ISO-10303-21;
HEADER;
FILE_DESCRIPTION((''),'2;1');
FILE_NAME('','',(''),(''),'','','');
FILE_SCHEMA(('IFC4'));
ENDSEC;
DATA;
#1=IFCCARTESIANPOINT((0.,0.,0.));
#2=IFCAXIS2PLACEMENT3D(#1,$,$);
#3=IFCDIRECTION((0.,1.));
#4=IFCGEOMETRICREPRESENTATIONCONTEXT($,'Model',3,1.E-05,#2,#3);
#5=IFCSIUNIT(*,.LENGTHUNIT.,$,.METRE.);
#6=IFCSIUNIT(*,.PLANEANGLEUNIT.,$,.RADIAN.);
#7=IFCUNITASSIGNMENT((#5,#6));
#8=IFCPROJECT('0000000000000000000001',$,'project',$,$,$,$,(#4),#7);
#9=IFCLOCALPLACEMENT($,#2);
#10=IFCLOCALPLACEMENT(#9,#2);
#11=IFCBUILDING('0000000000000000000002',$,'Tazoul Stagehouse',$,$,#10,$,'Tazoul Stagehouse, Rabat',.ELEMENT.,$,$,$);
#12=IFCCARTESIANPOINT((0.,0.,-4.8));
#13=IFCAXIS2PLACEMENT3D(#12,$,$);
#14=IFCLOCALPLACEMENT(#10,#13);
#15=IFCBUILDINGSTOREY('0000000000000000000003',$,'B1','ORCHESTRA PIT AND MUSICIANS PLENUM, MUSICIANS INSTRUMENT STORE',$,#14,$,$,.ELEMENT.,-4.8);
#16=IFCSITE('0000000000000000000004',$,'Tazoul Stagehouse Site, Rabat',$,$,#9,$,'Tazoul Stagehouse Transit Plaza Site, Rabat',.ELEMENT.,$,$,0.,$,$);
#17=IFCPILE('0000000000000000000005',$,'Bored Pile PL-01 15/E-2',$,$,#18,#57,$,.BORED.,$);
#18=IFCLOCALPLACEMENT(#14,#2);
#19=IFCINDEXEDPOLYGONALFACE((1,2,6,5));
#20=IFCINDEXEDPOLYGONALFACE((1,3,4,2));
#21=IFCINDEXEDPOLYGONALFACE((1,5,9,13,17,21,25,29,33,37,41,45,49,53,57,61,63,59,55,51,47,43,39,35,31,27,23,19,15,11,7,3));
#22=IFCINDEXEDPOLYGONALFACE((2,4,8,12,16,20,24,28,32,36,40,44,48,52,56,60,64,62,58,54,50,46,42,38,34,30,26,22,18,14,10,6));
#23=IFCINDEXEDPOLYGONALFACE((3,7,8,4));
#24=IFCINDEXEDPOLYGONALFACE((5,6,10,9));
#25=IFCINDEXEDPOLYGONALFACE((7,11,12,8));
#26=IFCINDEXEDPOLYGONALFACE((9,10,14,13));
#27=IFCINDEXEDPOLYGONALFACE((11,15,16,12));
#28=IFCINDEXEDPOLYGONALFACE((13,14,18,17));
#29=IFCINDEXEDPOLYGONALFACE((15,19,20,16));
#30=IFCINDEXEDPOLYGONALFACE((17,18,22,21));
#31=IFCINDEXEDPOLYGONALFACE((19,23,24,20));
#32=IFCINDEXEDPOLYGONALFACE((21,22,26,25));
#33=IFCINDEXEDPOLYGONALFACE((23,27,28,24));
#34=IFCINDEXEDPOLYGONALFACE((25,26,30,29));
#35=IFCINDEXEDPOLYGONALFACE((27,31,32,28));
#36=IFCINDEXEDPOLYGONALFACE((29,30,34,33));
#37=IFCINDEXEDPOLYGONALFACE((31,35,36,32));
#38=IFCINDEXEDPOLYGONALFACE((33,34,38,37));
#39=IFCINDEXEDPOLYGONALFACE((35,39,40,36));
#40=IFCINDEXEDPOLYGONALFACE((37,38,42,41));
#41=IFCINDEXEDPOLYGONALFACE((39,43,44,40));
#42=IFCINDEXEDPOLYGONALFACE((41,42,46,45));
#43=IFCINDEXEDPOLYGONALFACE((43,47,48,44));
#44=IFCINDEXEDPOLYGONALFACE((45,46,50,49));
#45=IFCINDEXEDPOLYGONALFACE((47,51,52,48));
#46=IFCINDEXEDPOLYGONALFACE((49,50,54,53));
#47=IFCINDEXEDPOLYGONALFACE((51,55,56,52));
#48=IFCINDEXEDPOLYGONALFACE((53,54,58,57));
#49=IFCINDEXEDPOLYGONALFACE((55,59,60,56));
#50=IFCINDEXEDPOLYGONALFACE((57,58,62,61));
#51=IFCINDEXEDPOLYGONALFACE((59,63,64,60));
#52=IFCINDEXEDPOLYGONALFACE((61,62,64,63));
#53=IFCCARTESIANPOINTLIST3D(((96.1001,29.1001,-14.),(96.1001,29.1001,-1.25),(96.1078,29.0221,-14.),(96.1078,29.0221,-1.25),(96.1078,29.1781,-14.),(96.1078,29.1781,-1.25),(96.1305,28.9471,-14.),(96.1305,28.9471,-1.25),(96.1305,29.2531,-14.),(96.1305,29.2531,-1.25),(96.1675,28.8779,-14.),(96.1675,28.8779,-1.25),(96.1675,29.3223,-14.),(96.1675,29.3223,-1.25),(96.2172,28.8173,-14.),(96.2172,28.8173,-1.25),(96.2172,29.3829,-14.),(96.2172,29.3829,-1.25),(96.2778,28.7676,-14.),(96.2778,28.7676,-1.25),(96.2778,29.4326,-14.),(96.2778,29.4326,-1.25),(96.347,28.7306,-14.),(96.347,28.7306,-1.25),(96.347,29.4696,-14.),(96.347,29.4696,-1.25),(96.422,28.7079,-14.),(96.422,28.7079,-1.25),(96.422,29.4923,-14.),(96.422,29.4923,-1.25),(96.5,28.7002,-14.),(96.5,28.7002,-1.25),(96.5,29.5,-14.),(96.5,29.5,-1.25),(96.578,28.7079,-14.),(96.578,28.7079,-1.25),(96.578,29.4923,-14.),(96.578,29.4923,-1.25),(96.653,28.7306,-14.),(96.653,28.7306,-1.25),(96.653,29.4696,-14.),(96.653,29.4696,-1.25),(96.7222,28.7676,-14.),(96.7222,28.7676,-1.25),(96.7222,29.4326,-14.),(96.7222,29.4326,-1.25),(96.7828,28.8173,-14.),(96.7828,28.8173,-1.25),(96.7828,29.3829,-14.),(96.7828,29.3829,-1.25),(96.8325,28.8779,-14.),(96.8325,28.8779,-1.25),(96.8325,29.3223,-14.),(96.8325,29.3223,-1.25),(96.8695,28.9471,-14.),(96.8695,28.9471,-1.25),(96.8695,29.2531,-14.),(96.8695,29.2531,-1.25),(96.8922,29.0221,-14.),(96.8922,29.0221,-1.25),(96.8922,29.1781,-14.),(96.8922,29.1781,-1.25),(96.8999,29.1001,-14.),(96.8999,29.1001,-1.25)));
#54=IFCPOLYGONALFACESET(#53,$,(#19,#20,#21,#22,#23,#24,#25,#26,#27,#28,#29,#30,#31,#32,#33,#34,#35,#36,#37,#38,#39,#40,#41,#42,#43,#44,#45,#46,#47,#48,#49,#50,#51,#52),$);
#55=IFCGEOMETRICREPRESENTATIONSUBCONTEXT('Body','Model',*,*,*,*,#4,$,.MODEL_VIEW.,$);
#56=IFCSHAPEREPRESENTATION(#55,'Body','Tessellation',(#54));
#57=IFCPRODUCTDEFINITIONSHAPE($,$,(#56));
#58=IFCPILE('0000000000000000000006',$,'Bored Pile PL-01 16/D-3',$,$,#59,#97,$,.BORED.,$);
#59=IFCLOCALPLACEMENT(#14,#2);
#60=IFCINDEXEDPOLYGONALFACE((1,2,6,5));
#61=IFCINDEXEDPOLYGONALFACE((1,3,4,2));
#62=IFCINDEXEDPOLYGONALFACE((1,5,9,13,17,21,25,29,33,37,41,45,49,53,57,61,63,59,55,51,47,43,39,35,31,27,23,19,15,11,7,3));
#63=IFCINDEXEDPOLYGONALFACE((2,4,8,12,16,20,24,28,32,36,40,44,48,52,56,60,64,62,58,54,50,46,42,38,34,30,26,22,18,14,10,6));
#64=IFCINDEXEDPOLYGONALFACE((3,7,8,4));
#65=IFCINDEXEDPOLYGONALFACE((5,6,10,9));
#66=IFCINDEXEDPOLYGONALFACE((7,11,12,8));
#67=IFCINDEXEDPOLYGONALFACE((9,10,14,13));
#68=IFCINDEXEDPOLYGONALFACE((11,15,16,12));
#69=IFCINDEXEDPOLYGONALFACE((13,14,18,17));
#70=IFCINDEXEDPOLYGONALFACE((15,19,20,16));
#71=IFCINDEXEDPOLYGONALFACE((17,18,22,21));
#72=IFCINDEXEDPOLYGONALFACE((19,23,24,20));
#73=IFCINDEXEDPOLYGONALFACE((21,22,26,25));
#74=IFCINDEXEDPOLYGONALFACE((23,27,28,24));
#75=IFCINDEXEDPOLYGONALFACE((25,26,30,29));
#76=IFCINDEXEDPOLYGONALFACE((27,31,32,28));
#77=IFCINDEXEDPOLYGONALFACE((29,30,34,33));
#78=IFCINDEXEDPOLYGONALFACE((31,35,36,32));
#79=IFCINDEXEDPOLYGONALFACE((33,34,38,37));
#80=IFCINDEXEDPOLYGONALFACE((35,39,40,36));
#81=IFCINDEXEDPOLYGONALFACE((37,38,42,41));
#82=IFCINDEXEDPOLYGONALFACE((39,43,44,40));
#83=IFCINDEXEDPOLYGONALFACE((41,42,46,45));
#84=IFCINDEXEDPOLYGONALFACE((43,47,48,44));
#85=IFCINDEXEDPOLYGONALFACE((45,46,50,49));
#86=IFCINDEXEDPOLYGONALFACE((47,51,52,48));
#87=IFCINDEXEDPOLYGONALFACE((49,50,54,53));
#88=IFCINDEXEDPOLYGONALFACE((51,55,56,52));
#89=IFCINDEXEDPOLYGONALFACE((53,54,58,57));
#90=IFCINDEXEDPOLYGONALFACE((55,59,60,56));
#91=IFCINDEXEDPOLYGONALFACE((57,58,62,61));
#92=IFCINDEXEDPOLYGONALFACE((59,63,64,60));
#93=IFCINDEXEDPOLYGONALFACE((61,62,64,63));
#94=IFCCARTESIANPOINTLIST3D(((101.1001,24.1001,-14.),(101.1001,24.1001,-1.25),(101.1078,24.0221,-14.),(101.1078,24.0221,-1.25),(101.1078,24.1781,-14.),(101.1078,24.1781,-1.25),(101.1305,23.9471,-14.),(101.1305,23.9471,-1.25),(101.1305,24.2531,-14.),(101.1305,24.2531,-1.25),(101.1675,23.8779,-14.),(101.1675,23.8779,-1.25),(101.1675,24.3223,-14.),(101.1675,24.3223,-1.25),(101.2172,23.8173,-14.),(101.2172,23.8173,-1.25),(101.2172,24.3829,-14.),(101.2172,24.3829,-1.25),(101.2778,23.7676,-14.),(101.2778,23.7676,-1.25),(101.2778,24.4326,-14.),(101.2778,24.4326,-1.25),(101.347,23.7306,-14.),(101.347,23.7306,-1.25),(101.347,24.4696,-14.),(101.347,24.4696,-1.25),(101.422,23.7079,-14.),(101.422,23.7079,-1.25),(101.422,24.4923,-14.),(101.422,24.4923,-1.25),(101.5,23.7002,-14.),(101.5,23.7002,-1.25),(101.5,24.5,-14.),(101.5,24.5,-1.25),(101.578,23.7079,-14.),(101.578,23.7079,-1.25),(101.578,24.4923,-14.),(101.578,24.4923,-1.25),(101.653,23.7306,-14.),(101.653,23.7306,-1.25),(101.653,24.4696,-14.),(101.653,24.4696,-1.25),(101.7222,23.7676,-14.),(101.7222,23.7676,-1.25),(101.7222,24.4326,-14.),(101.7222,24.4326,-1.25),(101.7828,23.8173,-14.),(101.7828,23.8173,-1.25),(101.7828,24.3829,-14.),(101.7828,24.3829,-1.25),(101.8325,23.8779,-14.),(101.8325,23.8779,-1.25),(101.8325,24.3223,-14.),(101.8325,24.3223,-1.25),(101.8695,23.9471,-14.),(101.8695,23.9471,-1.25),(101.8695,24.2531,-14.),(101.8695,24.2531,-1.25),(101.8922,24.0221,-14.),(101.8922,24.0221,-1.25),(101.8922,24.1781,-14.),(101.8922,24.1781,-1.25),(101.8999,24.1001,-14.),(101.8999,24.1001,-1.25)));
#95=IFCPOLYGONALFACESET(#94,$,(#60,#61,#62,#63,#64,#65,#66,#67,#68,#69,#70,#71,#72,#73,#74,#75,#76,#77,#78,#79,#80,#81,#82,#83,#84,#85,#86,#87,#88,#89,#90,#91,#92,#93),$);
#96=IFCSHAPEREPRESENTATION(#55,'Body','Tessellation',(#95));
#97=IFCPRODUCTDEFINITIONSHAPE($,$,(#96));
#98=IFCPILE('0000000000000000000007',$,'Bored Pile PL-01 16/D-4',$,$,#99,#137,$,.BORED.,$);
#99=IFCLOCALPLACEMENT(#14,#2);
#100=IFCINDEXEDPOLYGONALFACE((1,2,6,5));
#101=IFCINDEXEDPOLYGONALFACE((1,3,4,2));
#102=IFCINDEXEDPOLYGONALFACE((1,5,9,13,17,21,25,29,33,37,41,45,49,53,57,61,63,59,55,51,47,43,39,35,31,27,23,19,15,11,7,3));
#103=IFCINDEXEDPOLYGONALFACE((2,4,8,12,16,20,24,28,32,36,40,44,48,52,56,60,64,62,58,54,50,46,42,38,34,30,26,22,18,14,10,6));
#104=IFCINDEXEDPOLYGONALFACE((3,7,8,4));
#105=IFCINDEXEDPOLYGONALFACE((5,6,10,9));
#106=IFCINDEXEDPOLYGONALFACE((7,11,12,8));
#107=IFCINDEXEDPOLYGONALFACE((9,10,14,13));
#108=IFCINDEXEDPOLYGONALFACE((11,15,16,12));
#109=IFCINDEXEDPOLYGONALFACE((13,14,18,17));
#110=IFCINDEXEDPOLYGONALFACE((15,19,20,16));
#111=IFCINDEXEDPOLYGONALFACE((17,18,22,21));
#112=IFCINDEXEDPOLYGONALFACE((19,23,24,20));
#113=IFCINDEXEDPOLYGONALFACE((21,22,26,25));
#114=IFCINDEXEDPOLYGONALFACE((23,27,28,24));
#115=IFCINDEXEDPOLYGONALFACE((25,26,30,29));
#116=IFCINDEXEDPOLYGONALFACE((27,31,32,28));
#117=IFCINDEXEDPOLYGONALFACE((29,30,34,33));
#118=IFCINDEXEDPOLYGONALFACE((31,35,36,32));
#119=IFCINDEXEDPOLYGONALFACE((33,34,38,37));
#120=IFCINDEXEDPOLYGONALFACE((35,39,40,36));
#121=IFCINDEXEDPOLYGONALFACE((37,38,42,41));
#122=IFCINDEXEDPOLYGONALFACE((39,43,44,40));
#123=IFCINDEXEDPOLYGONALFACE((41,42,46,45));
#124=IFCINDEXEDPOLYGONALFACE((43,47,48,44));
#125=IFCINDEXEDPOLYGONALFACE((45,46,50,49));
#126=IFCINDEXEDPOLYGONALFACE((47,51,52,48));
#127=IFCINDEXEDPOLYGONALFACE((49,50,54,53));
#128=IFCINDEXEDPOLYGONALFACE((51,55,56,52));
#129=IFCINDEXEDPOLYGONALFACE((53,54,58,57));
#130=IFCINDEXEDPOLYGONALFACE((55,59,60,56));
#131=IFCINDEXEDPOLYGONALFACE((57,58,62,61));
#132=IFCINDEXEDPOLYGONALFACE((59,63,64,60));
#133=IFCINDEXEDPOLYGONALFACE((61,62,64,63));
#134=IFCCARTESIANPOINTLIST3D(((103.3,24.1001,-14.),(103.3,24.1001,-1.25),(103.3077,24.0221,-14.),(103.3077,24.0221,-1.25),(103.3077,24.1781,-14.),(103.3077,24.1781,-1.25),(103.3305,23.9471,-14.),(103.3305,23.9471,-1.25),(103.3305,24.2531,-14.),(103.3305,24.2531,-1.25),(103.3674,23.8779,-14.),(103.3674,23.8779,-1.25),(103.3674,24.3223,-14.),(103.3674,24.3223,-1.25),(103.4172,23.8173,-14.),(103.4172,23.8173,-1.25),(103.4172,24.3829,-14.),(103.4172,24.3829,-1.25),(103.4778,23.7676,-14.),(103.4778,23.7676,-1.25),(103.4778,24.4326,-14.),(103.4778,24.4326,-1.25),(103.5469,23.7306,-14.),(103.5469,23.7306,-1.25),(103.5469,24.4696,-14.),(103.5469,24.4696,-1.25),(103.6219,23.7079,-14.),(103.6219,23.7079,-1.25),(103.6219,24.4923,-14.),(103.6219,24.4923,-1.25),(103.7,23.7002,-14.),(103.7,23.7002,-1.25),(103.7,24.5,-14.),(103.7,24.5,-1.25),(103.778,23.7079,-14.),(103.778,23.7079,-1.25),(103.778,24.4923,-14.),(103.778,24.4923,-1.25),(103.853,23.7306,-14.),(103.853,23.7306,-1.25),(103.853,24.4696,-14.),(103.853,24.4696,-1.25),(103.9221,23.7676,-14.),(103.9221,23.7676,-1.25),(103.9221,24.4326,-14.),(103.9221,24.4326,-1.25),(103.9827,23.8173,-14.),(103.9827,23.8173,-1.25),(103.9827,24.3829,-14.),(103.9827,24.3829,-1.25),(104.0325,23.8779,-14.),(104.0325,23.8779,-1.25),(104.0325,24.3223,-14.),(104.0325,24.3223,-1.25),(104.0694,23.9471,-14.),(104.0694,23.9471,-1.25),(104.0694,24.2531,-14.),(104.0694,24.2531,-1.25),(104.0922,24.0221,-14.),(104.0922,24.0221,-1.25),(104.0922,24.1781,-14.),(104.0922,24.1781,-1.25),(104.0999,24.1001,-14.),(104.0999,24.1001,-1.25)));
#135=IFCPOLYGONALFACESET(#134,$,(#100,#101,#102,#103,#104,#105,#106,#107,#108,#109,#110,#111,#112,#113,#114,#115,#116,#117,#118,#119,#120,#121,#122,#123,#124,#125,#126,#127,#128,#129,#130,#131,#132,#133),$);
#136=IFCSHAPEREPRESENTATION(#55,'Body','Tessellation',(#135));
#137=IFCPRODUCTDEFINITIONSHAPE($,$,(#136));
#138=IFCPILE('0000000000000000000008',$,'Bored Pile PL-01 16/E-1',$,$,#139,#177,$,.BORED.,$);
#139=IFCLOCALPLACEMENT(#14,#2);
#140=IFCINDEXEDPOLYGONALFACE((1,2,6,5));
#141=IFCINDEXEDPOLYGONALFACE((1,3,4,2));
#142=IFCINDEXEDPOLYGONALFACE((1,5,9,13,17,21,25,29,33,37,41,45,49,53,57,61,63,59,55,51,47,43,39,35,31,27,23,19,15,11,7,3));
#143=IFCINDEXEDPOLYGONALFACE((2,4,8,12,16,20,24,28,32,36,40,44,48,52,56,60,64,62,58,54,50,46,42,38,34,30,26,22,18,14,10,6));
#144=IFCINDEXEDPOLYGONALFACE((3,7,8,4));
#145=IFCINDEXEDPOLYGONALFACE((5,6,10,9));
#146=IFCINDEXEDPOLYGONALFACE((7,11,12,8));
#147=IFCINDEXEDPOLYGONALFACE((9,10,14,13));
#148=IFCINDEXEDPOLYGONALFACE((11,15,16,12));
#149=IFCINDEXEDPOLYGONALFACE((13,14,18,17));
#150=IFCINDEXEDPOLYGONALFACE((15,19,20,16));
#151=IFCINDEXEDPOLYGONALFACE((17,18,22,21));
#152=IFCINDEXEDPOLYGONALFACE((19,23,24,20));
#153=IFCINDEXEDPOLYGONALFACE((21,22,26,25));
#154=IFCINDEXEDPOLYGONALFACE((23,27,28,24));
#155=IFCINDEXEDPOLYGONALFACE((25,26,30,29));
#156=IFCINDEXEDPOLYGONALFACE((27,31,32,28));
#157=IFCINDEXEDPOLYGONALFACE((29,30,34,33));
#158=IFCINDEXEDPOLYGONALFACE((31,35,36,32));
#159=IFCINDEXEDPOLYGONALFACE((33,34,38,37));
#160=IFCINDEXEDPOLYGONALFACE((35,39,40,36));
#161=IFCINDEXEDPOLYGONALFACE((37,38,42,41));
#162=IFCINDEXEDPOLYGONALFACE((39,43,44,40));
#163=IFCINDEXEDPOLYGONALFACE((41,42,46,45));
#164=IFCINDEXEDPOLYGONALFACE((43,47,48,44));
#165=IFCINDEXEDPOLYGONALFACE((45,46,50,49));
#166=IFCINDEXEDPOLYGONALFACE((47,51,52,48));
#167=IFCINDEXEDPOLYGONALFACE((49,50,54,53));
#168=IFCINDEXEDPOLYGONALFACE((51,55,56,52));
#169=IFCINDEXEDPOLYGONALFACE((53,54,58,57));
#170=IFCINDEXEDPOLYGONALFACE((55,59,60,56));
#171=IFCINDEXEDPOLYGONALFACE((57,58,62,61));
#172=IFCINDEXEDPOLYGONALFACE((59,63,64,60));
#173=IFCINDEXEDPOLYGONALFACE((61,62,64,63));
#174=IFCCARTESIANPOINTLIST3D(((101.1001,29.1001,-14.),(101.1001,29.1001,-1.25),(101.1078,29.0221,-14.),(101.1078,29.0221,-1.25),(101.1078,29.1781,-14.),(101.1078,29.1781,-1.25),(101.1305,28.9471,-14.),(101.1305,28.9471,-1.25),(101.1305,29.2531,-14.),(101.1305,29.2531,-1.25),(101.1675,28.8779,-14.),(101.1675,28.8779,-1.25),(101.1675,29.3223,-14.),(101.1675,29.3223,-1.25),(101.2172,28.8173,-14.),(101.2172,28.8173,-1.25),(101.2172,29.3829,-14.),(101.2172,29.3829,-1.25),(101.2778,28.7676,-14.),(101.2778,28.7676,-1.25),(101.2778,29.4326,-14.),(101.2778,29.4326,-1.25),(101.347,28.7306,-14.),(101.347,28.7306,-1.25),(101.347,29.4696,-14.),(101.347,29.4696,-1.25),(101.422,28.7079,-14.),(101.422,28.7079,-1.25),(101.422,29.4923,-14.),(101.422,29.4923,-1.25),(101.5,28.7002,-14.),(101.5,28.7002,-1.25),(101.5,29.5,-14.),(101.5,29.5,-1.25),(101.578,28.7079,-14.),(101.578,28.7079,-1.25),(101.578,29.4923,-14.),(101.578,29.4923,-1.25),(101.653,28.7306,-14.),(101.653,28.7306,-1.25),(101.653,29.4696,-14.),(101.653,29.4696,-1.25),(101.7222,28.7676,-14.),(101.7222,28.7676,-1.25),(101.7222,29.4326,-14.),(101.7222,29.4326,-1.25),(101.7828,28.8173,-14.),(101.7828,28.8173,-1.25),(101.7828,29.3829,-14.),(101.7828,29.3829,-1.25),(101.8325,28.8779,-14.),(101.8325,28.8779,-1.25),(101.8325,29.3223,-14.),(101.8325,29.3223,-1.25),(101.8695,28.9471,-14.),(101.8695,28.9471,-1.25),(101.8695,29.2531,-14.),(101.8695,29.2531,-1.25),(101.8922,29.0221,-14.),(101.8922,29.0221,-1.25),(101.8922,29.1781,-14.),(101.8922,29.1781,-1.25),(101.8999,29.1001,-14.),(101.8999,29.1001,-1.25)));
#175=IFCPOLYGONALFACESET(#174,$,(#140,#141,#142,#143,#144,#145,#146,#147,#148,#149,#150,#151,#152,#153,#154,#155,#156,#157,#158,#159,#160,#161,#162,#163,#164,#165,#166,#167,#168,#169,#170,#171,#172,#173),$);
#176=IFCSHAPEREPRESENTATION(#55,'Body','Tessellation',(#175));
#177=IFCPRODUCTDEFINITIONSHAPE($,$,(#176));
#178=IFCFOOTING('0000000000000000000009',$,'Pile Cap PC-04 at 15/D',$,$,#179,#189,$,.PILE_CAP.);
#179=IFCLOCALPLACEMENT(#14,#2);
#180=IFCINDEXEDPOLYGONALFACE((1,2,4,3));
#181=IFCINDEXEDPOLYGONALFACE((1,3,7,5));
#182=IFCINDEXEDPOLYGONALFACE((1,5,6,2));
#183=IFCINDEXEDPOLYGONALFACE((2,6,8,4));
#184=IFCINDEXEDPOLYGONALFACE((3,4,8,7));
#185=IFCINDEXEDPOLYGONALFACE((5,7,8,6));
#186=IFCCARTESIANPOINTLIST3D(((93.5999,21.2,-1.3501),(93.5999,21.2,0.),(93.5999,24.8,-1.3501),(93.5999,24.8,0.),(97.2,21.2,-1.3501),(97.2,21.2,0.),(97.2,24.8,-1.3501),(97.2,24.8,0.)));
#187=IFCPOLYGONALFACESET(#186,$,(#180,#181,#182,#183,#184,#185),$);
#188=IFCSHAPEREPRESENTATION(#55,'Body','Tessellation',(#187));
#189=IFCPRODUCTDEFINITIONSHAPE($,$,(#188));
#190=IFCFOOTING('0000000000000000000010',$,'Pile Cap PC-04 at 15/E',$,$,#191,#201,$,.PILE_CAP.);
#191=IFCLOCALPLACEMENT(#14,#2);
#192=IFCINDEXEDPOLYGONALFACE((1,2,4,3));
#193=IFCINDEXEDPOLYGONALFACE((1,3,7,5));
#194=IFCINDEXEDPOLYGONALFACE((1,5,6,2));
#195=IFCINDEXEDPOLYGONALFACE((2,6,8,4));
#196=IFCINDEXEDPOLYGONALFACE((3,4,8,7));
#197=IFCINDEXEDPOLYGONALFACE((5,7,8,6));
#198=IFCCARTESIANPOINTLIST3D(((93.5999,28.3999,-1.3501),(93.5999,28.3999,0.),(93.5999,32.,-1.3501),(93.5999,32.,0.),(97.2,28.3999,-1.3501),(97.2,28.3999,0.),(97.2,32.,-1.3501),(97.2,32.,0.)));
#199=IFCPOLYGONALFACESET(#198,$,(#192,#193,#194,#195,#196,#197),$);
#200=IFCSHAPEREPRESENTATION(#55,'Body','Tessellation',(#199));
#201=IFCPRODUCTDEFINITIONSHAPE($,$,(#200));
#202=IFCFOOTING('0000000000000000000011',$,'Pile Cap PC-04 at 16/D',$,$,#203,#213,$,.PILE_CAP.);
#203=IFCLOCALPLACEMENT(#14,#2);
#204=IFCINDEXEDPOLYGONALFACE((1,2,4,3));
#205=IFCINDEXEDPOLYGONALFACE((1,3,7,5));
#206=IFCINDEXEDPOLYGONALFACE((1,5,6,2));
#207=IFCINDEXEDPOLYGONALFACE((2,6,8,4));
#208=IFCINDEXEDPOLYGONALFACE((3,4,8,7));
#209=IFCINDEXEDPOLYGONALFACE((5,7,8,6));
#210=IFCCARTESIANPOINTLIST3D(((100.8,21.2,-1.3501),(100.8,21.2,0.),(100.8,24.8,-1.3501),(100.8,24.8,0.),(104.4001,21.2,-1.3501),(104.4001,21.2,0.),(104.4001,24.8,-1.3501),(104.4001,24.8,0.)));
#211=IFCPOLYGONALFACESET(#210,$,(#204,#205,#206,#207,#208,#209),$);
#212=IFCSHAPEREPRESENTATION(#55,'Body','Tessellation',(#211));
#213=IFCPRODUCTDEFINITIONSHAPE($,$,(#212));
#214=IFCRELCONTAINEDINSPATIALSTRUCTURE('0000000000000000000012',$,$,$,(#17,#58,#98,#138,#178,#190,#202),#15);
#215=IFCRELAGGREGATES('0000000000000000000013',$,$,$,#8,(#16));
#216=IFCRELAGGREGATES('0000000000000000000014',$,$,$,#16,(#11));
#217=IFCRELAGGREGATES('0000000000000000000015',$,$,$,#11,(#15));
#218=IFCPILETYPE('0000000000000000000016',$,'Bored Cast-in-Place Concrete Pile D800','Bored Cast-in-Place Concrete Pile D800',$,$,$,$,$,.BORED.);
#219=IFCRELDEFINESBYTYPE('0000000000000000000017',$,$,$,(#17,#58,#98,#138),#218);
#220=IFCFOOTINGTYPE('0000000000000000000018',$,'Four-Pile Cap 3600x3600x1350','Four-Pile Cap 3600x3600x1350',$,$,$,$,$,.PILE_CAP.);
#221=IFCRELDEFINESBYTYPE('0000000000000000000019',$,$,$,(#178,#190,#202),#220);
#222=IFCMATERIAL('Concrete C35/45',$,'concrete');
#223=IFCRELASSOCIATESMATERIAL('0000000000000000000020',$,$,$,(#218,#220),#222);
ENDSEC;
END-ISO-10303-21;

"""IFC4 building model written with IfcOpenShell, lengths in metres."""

from ifc_helpers import new_model, si_unit, direction, frame, origin, origin_2d, place, context, subcontext, project, spatial, rectangle, circle, extrude, material, material_profile, profile_set, type_object, element, save


model = new_model("IFC4")

# Units and contexts
model_context = context("Model", 3, precision=1e-05, world=origin(), true_north=direction((0.0, 1.0)))
body_context = subcontext(model_context, "Body", "Model", "MODEL_VIEW")
ifc_project = project(units=[si_unit("LENGTHUNIT", "METRE"), si_unit("PLANEANGLEUNIT", "RADIAN")], contexts=[model_context])

# Site, building, storey
site_placement = place(None, origin())
site = spatial("IfcSite", under=ifc_project, at=site_placement, Name="Tazoul Stagehouse Site, Rabat", LongName="Tazoul Stagehouse Transit Plaza Site, Rabat", CompositionType="ELEMENT", RefElevation=0.0)
building_placement = place(site_placement, origin())
building = spatial("IfcBuilding", under=site, at=building_placement, Name="Tazoul Stagehouse", LongName="Tazoul Stagehouse, Rabat", CompositionType="ELEMENT")
storey_placement = place(building_placement, frame((0.0, 0.0, -4.8)))
storey = spatial("IfcBuildingStorey", under=building, at=storey_placement, Name="B1", Description="ORCHESTRA PIT AND MUSICIANS PLENUM, MUSICIANS INSTRUMENT STORE", CompositionType="ELEMENT", Elevation=-4.8)

# Piles
ifc_material_1 = material(Name="Concrete C35/45", Category="concrete")
ifc_material_profile_1 = material_profile(ifc_material_1, circle(Radius=0.3999, at=origin_2d()), Name="BORED PILE 800")
ifc_profile_set_1 = profile_set([ifc_material_profile_1], Name="Concrete C35/45")
pile_type = type_object("IfcPileType", Name="Bored Cast-in-Place Concrete Pile D800", Description="Bored Cast-in-Place Concrete Pile D800", PredefinedType="BORED", material=ifc_profile_set_1)
for number, where, z_axis, x_axis, name in (
    (1, (96.5, 29.1001, -1.25), (0.0, 0.0, -1.0), (1.0, 0.0, 0.0), "Bored Pile PL-01 15/E-2"),
    (2, (101.5, 24.1001, -1.25), (0.0, 0.0, -1.0), (1.0, 0.0, 0.0), "Bored Pile PL-01 16/D-3"),
    (3, (103.7, 24.1001, -1.25), (0.0, 0.0, -1.0), (1.0, 0.0, 0.0), "Bored Pile PL-01 16/D-4"),
    (4, (101.5, 29.1001, -1.25), (0.0, 0.0, -1.0), (1.0, 0.0, 0.0), "Bored Pile PL-01 16/E-1"),
):
    element("IfcPile", number, at=place(storey_placement, frame(where, z_axis=z_axis, x_axis=x_axis)), inside=storey, type_object=pile_type, Name=name, PredefinedType="BORED", context=body_context, shape_type="SweptSolid", body=[
        extrude(circle(Radius=0.3999, at=origin_2d()), origin(), (0.0, 0.0, 1.0), 12.75),
    ])

# Footings
footing_type_1 = type_object("IfcFootingType", Name="Four-Pile Cap 3600x3600x1350", Description="Four-Pile Cap 3600x3600x1350", PredefinedType="PILE_CAP", material=ifc_material_1)
for number, where, z_axis, x_axis, name in (
    (5, (95.3999, 23.0, -1.3501), (0.0, 0.0, 1.0), (1.0, 0.0, 0.0), "Pile Cap PC-04 at 15/D"),
    (6, (95.3999, 30.2, -1.3501), (0.0, 0.0, 1.0), (1.0, 0.0, 0.0), "Pile Cap PC-04 at 15/E"),
    (7, (102.6001, 23.0, -1.3501), (0.0, 0.0, 1.0), (1.0, 0.0, 0.0), "Pile Cap PC-04 at 16/D"),
):
    element("IfcFooting", number, at=place(storey_placement, frame(where, z_axis=z_axis, x_axis=x_axis)), inside=storey, type_object=footing_type_1, Name=name, PredefinedType="PILE_CAP", context=body_context, shape_type="SweptSolid", body=[
        extrude(rectangle(XDim=3.6001, YDim=3.6001, at=origin_2d()), origin(), (0.0, 0.0, 1.0), 1.3501),
    ])

save(model, "model.ifc")
